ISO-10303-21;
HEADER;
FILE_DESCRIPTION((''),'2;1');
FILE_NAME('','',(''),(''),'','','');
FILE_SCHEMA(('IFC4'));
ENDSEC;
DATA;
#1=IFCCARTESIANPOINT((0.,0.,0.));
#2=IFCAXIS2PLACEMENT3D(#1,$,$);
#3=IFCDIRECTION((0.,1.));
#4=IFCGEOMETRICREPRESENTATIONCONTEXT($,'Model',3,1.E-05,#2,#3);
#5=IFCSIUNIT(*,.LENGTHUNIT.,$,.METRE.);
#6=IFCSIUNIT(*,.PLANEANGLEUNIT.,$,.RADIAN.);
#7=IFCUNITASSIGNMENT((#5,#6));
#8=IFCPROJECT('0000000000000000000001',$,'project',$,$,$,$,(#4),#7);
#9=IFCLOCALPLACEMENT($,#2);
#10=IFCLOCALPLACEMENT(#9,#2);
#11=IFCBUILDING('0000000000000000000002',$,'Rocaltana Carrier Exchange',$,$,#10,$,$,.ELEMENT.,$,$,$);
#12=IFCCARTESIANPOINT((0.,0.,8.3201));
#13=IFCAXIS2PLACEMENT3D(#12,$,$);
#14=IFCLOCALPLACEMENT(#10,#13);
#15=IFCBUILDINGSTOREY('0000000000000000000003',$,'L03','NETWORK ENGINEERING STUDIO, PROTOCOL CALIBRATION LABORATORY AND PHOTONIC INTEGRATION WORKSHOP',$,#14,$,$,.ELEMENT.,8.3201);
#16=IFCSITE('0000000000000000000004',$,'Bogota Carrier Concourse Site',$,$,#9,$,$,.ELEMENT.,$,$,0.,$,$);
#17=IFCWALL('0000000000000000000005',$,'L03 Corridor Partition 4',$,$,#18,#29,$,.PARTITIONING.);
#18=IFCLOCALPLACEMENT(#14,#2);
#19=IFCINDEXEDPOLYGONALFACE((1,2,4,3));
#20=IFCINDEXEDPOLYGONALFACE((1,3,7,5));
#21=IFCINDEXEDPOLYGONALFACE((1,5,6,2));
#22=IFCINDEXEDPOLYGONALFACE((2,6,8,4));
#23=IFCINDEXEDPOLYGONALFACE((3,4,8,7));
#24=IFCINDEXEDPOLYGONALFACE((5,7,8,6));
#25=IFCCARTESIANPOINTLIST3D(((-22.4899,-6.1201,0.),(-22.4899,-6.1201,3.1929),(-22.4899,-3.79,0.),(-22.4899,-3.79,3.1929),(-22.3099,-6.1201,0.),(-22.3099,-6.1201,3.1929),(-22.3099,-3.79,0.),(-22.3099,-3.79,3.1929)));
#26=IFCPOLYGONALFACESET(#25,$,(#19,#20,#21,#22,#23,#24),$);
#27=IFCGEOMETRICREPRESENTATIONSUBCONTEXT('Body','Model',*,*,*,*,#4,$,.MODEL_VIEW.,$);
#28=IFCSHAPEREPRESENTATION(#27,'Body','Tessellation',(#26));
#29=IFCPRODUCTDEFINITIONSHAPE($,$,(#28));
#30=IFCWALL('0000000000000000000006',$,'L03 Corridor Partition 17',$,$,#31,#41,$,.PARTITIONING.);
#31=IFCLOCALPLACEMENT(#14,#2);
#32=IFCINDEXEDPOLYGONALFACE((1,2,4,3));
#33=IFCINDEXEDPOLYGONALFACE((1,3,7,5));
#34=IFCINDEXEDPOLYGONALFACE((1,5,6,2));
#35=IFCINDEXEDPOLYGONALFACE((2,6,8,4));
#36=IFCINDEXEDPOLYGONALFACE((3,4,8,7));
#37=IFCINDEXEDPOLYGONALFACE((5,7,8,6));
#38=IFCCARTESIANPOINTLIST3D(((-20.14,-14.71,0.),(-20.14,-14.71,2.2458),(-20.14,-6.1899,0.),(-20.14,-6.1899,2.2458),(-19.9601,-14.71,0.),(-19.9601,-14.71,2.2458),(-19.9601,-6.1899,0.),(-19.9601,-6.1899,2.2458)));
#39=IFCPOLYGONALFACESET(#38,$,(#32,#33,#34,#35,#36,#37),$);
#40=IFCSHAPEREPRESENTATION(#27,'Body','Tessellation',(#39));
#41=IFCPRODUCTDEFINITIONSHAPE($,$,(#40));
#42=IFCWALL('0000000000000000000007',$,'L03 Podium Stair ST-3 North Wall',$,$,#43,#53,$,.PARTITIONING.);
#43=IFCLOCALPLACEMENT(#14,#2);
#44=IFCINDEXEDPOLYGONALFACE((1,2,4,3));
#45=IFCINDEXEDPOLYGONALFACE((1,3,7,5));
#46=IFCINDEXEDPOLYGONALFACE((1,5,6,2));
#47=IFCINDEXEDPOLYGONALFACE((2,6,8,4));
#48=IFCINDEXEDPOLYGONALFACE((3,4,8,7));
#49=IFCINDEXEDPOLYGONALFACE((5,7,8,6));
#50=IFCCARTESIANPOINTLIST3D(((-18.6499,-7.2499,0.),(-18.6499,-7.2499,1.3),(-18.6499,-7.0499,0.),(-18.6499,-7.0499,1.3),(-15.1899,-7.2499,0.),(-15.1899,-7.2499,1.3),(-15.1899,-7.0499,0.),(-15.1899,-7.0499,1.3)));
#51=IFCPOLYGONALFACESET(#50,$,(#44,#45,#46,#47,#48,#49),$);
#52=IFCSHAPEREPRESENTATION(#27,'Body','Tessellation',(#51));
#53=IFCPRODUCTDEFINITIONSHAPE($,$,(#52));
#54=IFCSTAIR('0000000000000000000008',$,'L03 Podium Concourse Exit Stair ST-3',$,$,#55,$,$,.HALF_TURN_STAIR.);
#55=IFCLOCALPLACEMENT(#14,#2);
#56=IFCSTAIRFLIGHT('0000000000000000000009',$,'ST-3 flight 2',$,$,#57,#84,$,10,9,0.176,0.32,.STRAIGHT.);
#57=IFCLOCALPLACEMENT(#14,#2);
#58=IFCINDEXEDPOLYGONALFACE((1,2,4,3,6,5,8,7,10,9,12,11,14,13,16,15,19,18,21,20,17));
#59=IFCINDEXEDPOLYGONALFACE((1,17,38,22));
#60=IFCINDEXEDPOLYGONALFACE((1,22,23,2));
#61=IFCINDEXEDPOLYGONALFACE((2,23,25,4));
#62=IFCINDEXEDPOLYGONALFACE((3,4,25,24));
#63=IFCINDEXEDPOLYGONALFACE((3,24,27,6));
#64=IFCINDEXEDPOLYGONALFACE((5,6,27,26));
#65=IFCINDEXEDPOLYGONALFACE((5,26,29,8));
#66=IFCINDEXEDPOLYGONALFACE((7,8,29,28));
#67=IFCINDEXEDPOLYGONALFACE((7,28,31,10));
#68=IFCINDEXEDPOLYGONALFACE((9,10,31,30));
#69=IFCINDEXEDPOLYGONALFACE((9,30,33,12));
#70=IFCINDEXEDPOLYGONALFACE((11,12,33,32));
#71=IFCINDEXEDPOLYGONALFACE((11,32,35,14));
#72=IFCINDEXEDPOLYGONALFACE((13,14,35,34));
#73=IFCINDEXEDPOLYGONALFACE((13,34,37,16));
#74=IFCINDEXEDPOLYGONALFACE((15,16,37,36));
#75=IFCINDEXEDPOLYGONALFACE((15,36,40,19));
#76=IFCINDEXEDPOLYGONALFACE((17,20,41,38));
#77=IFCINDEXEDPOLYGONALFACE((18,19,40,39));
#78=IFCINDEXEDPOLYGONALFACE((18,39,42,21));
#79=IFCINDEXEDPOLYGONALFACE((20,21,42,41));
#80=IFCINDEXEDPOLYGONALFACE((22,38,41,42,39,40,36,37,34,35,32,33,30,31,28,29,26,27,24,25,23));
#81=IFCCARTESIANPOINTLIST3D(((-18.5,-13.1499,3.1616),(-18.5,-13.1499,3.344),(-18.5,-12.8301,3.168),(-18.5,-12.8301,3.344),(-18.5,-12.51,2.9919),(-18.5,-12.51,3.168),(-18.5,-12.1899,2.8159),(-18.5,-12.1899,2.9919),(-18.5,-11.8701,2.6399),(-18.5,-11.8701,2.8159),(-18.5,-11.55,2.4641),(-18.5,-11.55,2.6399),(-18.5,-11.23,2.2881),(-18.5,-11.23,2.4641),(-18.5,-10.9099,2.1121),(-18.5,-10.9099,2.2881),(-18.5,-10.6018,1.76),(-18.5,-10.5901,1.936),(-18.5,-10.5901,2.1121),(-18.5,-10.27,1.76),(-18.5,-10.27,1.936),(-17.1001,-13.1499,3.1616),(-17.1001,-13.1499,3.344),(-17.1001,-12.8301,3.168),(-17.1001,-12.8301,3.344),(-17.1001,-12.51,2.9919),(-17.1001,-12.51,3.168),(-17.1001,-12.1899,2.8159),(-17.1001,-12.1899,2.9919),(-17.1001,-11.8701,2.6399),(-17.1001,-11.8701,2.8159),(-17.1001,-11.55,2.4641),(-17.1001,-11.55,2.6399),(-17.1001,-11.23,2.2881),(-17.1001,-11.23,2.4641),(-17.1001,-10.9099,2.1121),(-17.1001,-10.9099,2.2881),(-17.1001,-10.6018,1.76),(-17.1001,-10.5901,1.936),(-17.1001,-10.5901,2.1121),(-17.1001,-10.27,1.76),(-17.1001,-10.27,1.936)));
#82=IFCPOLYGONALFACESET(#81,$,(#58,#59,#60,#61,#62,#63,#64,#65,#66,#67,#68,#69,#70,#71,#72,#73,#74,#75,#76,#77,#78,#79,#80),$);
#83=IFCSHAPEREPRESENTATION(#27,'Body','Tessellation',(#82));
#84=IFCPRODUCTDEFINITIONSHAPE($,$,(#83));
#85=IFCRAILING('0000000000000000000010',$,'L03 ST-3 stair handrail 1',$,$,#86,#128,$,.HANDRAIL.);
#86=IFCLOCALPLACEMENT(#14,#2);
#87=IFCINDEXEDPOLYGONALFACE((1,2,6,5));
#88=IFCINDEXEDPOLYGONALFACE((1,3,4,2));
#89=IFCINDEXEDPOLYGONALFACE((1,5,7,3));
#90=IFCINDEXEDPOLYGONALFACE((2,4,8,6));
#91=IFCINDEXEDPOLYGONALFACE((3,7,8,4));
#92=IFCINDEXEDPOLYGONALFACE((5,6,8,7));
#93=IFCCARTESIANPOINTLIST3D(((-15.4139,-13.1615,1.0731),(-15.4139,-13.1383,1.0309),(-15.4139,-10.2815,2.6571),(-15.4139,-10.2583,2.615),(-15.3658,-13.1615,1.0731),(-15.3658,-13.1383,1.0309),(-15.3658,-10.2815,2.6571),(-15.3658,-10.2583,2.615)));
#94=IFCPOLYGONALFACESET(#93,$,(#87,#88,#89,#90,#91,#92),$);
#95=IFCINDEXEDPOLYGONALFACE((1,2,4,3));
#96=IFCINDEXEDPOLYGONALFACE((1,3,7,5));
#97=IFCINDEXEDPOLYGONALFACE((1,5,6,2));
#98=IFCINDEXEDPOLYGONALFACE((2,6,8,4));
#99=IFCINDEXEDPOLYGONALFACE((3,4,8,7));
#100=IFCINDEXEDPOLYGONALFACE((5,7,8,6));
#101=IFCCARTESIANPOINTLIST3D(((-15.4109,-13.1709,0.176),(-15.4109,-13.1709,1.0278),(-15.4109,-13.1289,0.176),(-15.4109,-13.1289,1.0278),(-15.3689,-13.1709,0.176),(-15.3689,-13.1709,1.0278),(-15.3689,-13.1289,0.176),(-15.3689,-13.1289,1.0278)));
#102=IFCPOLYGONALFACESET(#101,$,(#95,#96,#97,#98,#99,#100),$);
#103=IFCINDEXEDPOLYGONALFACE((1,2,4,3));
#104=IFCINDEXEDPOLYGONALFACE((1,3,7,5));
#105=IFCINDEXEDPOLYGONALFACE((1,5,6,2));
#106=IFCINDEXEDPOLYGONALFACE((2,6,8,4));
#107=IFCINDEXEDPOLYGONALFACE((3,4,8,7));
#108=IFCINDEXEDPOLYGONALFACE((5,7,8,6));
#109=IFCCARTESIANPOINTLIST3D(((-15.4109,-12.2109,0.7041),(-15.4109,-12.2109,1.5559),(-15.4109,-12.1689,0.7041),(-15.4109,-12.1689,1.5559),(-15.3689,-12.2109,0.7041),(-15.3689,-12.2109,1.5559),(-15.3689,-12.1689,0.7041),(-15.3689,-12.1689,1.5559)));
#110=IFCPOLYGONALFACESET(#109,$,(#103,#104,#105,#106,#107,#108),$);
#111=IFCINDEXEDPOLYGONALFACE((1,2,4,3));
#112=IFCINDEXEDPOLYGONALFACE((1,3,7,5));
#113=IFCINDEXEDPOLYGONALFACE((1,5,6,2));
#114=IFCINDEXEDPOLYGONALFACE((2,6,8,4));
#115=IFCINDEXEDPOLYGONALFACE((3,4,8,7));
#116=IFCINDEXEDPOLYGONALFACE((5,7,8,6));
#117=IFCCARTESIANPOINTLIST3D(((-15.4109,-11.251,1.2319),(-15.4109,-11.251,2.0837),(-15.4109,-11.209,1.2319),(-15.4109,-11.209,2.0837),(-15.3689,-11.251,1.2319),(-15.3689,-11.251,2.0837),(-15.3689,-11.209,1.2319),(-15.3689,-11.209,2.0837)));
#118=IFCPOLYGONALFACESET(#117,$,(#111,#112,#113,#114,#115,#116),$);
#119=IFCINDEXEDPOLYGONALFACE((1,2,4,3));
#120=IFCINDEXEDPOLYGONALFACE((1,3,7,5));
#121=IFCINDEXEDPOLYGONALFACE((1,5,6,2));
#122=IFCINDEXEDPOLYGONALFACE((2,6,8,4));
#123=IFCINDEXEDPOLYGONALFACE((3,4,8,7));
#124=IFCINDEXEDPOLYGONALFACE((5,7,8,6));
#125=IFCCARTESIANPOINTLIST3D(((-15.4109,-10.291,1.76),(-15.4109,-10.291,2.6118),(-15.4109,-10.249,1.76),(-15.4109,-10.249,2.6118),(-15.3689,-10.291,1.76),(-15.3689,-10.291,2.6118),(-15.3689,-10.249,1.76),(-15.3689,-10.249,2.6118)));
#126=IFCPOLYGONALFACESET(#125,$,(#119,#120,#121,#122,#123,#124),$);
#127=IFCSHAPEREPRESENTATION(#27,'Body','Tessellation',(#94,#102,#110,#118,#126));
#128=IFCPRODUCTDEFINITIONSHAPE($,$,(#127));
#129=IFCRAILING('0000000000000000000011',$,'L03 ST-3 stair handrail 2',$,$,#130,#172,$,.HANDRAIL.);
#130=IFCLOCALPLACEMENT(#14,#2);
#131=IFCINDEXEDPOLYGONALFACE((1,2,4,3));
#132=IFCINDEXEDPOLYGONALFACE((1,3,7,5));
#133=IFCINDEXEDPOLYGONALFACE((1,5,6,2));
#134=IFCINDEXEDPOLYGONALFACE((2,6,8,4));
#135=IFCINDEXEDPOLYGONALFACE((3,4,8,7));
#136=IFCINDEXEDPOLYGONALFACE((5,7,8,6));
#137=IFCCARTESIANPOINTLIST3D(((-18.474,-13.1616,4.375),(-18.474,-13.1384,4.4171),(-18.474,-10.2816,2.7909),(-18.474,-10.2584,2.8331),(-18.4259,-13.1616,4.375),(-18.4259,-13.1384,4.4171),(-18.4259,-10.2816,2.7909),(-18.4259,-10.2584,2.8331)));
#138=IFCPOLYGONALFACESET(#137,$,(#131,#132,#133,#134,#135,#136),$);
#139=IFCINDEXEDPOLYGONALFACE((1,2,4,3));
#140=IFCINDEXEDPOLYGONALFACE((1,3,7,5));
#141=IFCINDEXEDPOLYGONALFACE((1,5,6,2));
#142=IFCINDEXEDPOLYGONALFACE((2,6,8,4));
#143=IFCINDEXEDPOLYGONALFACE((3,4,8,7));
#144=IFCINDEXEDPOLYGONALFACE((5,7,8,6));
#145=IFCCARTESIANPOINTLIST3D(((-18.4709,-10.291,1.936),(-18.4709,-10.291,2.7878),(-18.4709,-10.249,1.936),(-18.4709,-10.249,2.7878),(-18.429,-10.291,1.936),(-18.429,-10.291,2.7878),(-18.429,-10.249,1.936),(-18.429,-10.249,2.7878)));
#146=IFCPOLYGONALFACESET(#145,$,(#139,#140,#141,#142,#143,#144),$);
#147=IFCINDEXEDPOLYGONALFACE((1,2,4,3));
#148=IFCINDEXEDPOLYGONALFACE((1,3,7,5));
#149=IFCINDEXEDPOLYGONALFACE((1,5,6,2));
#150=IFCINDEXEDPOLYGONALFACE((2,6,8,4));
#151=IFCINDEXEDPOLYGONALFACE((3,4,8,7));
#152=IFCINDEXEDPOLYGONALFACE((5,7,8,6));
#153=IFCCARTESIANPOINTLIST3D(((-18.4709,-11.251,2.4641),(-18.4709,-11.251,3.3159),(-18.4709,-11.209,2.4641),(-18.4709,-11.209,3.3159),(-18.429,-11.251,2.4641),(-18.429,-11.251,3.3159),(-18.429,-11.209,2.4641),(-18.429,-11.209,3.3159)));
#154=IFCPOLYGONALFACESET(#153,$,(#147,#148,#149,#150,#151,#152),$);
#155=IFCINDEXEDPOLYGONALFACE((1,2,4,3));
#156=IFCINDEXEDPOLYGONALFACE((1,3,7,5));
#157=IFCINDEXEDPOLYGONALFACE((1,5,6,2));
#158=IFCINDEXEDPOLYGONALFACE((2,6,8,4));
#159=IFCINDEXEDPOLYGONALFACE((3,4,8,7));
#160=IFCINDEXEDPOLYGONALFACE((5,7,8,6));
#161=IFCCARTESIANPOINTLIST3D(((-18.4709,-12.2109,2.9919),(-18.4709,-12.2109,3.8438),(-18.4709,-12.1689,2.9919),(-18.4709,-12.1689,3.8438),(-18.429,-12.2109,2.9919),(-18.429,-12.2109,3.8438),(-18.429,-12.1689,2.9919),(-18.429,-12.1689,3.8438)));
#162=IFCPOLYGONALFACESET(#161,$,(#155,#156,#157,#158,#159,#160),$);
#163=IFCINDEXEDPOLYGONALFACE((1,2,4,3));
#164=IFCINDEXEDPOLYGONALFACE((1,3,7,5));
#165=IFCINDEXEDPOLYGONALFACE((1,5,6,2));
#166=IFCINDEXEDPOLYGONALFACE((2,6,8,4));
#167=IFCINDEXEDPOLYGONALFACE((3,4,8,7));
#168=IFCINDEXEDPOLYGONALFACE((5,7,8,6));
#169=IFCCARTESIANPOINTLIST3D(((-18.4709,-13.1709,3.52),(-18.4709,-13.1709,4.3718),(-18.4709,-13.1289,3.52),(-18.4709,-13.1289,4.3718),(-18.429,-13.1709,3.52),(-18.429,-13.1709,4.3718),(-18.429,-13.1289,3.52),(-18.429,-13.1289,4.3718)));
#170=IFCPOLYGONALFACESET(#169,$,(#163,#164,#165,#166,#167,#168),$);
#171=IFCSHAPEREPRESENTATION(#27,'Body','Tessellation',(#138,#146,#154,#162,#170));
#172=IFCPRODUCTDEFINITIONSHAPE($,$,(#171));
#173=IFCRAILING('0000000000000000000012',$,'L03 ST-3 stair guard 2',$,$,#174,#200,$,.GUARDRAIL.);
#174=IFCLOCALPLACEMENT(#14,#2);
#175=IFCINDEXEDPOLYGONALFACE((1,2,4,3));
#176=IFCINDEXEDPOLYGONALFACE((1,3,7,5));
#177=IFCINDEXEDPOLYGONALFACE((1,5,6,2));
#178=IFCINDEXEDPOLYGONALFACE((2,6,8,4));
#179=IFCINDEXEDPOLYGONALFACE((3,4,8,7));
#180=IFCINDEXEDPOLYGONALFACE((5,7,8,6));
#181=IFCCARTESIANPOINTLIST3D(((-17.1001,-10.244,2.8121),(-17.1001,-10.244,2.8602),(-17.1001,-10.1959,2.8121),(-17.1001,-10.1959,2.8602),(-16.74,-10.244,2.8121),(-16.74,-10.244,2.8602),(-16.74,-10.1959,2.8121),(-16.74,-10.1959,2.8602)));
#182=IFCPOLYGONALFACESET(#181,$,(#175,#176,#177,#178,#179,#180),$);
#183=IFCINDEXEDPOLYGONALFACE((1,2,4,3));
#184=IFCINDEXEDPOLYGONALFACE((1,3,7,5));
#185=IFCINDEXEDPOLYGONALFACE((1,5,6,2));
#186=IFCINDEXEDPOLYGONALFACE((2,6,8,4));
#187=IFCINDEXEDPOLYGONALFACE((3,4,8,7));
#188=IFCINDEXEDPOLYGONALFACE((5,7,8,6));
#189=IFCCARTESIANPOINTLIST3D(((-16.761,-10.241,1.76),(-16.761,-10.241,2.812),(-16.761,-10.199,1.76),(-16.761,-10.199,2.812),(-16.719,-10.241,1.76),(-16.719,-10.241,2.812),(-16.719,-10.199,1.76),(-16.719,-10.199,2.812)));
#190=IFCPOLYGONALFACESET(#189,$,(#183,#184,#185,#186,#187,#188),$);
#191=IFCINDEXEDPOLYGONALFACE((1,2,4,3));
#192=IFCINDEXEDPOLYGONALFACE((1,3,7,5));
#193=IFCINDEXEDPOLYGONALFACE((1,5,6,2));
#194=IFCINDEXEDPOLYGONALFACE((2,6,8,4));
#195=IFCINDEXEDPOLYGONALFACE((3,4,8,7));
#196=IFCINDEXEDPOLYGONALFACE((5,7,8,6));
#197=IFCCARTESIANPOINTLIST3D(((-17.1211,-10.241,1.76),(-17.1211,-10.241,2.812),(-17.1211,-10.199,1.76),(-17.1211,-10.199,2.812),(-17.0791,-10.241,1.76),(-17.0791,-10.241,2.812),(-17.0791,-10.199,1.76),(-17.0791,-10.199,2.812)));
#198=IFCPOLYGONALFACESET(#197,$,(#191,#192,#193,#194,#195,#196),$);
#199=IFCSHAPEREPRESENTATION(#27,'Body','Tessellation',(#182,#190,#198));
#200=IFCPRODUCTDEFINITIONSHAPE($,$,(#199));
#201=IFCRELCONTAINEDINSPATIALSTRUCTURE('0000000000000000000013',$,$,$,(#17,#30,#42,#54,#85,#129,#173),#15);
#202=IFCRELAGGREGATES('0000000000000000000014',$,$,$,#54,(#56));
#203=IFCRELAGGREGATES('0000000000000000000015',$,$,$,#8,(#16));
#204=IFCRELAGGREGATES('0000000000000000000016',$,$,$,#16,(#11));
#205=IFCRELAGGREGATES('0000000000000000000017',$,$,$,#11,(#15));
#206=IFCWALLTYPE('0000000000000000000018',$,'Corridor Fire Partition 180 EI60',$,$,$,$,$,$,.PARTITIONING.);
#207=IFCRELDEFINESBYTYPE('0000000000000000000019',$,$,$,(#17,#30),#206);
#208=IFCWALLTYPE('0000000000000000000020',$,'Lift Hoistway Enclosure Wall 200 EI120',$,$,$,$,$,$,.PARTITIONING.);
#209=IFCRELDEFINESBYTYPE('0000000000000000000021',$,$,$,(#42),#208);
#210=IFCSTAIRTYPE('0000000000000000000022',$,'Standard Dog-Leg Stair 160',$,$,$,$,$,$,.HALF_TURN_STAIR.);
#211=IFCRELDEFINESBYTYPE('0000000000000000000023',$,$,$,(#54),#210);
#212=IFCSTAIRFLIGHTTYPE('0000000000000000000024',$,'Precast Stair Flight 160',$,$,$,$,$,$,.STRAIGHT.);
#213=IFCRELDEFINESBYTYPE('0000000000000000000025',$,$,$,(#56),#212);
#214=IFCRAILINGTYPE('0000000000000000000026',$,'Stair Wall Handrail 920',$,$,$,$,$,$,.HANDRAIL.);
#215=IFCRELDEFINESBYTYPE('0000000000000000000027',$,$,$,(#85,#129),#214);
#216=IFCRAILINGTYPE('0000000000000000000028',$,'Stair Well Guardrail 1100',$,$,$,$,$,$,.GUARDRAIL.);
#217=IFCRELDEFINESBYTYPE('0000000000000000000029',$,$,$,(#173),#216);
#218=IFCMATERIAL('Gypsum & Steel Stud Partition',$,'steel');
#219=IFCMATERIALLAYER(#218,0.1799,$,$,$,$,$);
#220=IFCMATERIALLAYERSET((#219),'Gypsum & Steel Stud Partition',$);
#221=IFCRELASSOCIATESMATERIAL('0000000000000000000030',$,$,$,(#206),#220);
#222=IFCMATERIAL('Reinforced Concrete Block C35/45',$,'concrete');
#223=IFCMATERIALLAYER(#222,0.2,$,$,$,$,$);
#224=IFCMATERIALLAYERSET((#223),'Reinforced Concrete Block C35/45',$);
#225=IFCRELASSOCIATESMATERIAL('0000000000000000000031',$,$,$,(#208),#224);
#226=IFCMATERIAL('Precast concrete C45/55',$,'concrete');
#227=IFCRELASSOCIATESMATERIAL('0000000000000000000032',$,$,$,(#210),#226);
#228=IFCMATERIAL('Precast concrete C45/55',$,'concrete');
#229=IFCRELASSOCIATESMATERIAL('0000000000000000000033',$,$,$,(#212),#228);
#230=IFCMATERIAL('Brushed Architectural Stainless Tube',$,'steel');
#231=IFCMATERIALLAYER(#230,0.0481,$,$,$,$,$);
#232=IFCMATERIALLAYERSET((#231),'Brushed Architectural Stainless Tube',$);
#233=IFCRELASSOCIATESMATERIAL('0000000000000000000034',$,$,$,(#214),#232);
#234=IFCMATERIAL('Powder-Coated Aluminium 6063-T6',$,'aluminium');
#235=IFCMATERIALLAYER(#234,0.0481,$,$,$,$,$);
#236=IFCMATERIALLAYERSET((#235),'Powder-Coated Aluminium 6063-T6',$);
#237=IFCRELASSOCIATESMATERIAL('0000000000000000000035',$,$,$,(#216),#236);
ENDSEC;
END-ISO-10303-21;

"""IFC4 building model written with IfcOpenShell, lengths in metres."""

from ifc_helpers import new_model, si_unit, direction, frame, frame_2d, origin, origin_2d, place, context, subcontext, project, spatial, polyline, rectangle, outline, extrude, material, layer, layer_set, type_object, element, aggregate, save


model = new_model("IFC4")

# Units and contexts
model_context = context("Model", 3, precision=1e-05, world=origin(), true_north=direction((0.0, 1.0)))
body_context = subcontext(model_context, "Body", "Model", "MODEL_VIEW")
ifc_project = project(units=[si_unit("LENGTHUNIT", "METRE"), si_unit("PLANEANGLEUNIT", "RADIAN")], contexts=[model_context])

# Site, building, storey
site_placement = place(None, origin())
site = spatial("IfcSite", under=ifc_project, at=site_placement, Name="Bogota Carrier Concourse Site", CompositionType="ELEMENT", RefElevation=0.0)
building_placement = place(site_placement, origin())
building = spatial("IfcBuilding", under=site, at=building_placement, Name="Rocaltana Carrier Exchange", CompositionType="ELEMENT")
storey_placement = place(building_placement, frame((0.0, 0.0, 8.3201)))
storey = spatial("IfcBuildingStorey", under=building, at=storey_placement, Name="L03", Description="NETWORK ENGINEERING STUDIO, PROTOCOL CALIBRATION LABORATORY AND PHOTONIC INTEGRATION WORKSHOP", CompositionType="ELEMENT", Elevation=8.3201)

# Walls
ifc_material_1 = material(Name="Gypsum & Steel Stud Partition", Category="steel")
ifc_layer_1 = layer(ifc_material_1, 0.1799)
ifc_layer_set_1 = layer_set([ifc_layer_1], Name="Gypsum & Steel Stud Partition")
wall_type_1 = type_object("IfcWallType", Name="Corridor Fire Partition 180 EI60", PredefinedType="PARTITIONING", material=ifc_layer_set_1)
wall_1_placement = place(storey_placement, frame((-22.3999, -6.1201, 0.0), z_axis=(0.0, 0.0, 1.0), x_axis=(0.0, 1.0, 0.0)))
element("IfcWall", 1, at=wall_1_placement, inside=storey, type_object=wall_type_1, Name="L03 Corridor Partition 4", PredefinedType="PARTITIONING", context=body_context, shape_type="SweptSolid", body=[
    extrude(rectangle(XDim=2.3301, YDim=0.1799, at=frame_2d((1.165, 0.0))), origin(), (0.0, 0.0, 1.0), 3.1929),
])
wall_2_placement = place(storey_placement, frame((-20.05, -6.1899, 0.0), z_axis=(0.0, 0.0, 1.0), x_axis=(0.0, -1.0, 0.0)))
element("IfcWall", 2, at=wall_2_placement, inside=storey, type_object=wall_type_1, Name="L03 Corridor Partition 17", PredefinedType="PARTITIONING", context=body_context, shape_type="SweptSolid", body=[
    extrude(rectangle(XDim=8.52, YDim=0.1799, at=frame_2d((4.26, 0.0))), origin(), (0.0, 0.0, 1.0), 2.2458),
])
ifc_material_2 = material(Name="Reinforced Concrete Block C35/45", Category="concrete")
ifc_layer_2 = layer(ifc_material_2, 0.2)
ifc_layer_set_2 = layer_set([ifc_layer_2], Name="Reinforced Concrete Block C35/45")
wall_type_2 = type_object("IfcWallType", Name="Lift Hoistway Enclosure Wall 200 EI120", PredefinedType="PARTITIONING", material=ifc_layer_set_2)
wall_3_placement = place(storey_placement, frame((-18.6499, -7.1499, 0.0), z_axis=(0.0, 0.0, 1.0), x_axis=(1.0, 0.0, 0.0)))
element("IfcWall", 3, at=wall_3_placement, inside=storey, type_object=wall_type_2, Name="L03 Podium Stair ST-3 North Wall", PredefinedType="PARTITIONING", context=body_context, shape_type="SweptSolid", body=[
    extrude(rectangle(XDim=3.46, YDim=0.2, at=frame_2d((1.73, 0.0))), origin(), (0.0, 0.0, 1.0), 1.3),
])

# Stair, stair flight
ifc_material_3 = material(Name="Precast concrete C45/55", Category="concrete")
stair_type = type_object("IfcStairType", Name="Standard Dog-Leg Stair 160", PredefinedType="HALF_TURN_STAIR", material=ifc_material_3)
stair_placement = place(storey_placement, origin())
stair = element("IfcStair", 4, at=stair_placement, inside=storey, type_object=stair_type, Name="L03 Podium Concourse Exit Stair ST-3", PredefinedType="HALF_TURN_STAIR")
ifc_material_4 = material(Name="Precast concrete C45/55", Category="concrete")
stair_flight_type = type_object("IfcStairFlightType", Name="Precast Stair Flight 160", PredefinedType="STRAIGHT", material=ifc_material_4)
stair_flight_placement = place(storey_placement, frame((-17.8, -10.27, 1.76), z_axis=(0.0, 0.0, 1.0), x_axis=(0.0, -1.0, 0.0)))
stair_flight = element("IfcStairFlight", 5, at=stair_flight_placement, type_object=stair_flight_type, Name="ST-3 flight 2", NumberOfRisers=10, NumberOfTreads=9, PredefinedType="STRAIGHT", RiserHeight=0.176, TreadLength=0.32, context=body_context, shape_type="SweptSolid", body=[
    extrude(outline(polyline([(0.0, 0.0), (0.0, 0.176), (0.3201, 0.176), (0.3201, 0.3521), (0.6399, 0.3521), (0.6399, 0.5281), (0.96, 0.5281), (0.96, 0.7041), (1.28, 0.7041), (1.28, 0.8799), (1.6001, 0.8799), (1.6001, 1.0559), (1.9199, 1.0559), (1.9199, 1.2319), (2.24, 1.2319), (2.24, 1.408), (2.5601, 1.408), (2.5601, 1.584), (2.8799, 1.584), (2.8799, 1.76), (2.8799, 1.4016), (0.3318, 0.0), (0.0, 0.0)])), frame((0.0, 0.7, 0.0), z_axis=(0.0, -1.0, 0.0), x_axis=(1.0, 0.0, 0.0)), (0.0, 0.0, 1.0), 1.3999),
])
aggregate(stair, [stair_flight])

# Railings
ifc_material_5 = material(Name="Brushed Architectural Stainless Tube", Category="steel")
ifc_layer_3 = layer(ifc_material_5, 0.0481)
ifc_layer_set_3 = layer_set([ifc_layer_3], Name="Brushed Architectural Stainless Tube")
railing_type_1 = type_object("IfcRailingType", Name="Stair Wall Handrail 920", PredefinedType="HANDRAIL", material=ifc_layer_set_3)
railing_1_placement = place(storey_placement, frame((-15.3899, -13.1499, 0.176)))
element("IfcRailing", 6, at=railing_1_placement, inside=storey, type_object=railing_type_1, Name="L03 ST-3 stair handrail 1", PredefinedType="HANDRAIL", context=body_context, shape_type="SweptSolid", body=[
    extrude(rectangle(XDim=0.0481, YDim=0.0481, at=origin_2d()), frame((0.0, 0.0, 0.876), z_axis=(0.0, 0.87621, 0.48193), x_axis=(-1.0, 0.0, 0.0)), (0.0, 0.0, 1.0), 3.2869),
    extrude(rectangle(XDim=0.042, YDim=0.042, at=origin_2d()), origin(), (0.0, 0.0, 1.0), 0.8518),
    extrude(rectangle(XDim=0.042, YDim=0.042, at=origin_2d()), frame((0.0, 0.96, 0.5281)), (0.0, 0.0, 1.0), 0.8518),
    extrude(rectangle(XDim=0.042, YDim=0.042, at=origin_2d()), frame((0.0, 1.9199, 1.0559)), (0.0, 0.0, 1.0), 0.8518),
    extrude(rectangle(XDim=0.042, YDim=0.042, at=origin_2d()), frame((0.0, 2.8799, 1.584)), (0.0, 0.0, 1.0), 0.8518),
])
railing_2_placement = place(storey_placement, frame((-18.45, -10.27, 1.936)))
element("IfcRailing", 7, at=railing_2_placement, inside=storey, type_object=railing_type_1, Name="L03 ST-3 stair handrail 2", PredefinedType="HANDRAIL", context=body_context, shape_type="SweptSolid", body=[
    extrude(rectangle(XDim=0.0481, YDim=0.0481, at=origin_2d()), frame((0.0, 0.0, 0.876), z_axis=(0.0, -0.87621, 0.48193), x_axis=(1.0, 0.0, 0.0)), (0.0, 0.0, 1.0), 3.2869),
    extrude(rectangle(XDim=0.042, YDim=0.042, at=origin_2d()), origin(), (0.0, 0.0, 1.0), 0.8518),
    extrude(rectangle(XDim=0.042, YDim=0.042, at=origin_2d()), frame((0.0, -0.96, 0.5281)), (0.0, 0.0, 1.0), 0.8518),
    extrude(rectangle(XDim=0.042, YDim=0.042, at=origin_2d()), frame((0.0, -1.9199, 1.0559)), (0.0, 0.0, 1.0), 0.8518),
    extrude(rectangle(XDim=0.042, YDim=0.042, at=origin_2d()), frame((0.0, -2.8799, 1.584)), (0.0, 0.0, 1.0), 0.8518),
])
ifc_material_6 = material(Name="Powder-Coated Aluminium 6063-T6", Category="aluminium")
ifc_layer_4 = layer(ifc_material_6, 0.0481)
ifc_layer_set_4 = layer_set([ifc_layer_4], Name="Powder-Coated Aluminium 6063-T6")
railing_type_2 = type_object("IfcRailingType", Name="Stair Well Guardrail 1100", PredefinedType="GUARDRAIL", material=ifc_layer_set_4)
railing_3_placement = place(storey_placement, frame((-16.74, -10.22, 1.76)))
element("IfcRailing", 8, at=railing_3_placement, inside=storey, type_object=railing_type_2, Name="L03 ST-3 stair guard 2", PredefinedType="GUARDRAIL", context=body_context, shape_type="SweptSolid", body=[
    extrude(rectangle(XDim=0.0481, YDim=0.0481, at=origin_2d()), frame((0.0, 0.0, 1.0762), z_axis=(-1.0, 0.0, 0.0), x_axis=(0.0, -1.0, 0.0)), (0.0, 0.0, 1.0), 0.3601),
    extrude(rectangle(XDim=0.042, YDim=0.042, at=origin_2d()), origin(), (0.0, 0.0, 1.0), 1.052),
    extrude(rectangle(XDim=0.042, YDim=0.042, at=origin_2d()), frame((-0.3601, 0.0, 0.0)), (0.0, 0.0, 1.0), 1.052),
])

save(model, "model.ifc")
